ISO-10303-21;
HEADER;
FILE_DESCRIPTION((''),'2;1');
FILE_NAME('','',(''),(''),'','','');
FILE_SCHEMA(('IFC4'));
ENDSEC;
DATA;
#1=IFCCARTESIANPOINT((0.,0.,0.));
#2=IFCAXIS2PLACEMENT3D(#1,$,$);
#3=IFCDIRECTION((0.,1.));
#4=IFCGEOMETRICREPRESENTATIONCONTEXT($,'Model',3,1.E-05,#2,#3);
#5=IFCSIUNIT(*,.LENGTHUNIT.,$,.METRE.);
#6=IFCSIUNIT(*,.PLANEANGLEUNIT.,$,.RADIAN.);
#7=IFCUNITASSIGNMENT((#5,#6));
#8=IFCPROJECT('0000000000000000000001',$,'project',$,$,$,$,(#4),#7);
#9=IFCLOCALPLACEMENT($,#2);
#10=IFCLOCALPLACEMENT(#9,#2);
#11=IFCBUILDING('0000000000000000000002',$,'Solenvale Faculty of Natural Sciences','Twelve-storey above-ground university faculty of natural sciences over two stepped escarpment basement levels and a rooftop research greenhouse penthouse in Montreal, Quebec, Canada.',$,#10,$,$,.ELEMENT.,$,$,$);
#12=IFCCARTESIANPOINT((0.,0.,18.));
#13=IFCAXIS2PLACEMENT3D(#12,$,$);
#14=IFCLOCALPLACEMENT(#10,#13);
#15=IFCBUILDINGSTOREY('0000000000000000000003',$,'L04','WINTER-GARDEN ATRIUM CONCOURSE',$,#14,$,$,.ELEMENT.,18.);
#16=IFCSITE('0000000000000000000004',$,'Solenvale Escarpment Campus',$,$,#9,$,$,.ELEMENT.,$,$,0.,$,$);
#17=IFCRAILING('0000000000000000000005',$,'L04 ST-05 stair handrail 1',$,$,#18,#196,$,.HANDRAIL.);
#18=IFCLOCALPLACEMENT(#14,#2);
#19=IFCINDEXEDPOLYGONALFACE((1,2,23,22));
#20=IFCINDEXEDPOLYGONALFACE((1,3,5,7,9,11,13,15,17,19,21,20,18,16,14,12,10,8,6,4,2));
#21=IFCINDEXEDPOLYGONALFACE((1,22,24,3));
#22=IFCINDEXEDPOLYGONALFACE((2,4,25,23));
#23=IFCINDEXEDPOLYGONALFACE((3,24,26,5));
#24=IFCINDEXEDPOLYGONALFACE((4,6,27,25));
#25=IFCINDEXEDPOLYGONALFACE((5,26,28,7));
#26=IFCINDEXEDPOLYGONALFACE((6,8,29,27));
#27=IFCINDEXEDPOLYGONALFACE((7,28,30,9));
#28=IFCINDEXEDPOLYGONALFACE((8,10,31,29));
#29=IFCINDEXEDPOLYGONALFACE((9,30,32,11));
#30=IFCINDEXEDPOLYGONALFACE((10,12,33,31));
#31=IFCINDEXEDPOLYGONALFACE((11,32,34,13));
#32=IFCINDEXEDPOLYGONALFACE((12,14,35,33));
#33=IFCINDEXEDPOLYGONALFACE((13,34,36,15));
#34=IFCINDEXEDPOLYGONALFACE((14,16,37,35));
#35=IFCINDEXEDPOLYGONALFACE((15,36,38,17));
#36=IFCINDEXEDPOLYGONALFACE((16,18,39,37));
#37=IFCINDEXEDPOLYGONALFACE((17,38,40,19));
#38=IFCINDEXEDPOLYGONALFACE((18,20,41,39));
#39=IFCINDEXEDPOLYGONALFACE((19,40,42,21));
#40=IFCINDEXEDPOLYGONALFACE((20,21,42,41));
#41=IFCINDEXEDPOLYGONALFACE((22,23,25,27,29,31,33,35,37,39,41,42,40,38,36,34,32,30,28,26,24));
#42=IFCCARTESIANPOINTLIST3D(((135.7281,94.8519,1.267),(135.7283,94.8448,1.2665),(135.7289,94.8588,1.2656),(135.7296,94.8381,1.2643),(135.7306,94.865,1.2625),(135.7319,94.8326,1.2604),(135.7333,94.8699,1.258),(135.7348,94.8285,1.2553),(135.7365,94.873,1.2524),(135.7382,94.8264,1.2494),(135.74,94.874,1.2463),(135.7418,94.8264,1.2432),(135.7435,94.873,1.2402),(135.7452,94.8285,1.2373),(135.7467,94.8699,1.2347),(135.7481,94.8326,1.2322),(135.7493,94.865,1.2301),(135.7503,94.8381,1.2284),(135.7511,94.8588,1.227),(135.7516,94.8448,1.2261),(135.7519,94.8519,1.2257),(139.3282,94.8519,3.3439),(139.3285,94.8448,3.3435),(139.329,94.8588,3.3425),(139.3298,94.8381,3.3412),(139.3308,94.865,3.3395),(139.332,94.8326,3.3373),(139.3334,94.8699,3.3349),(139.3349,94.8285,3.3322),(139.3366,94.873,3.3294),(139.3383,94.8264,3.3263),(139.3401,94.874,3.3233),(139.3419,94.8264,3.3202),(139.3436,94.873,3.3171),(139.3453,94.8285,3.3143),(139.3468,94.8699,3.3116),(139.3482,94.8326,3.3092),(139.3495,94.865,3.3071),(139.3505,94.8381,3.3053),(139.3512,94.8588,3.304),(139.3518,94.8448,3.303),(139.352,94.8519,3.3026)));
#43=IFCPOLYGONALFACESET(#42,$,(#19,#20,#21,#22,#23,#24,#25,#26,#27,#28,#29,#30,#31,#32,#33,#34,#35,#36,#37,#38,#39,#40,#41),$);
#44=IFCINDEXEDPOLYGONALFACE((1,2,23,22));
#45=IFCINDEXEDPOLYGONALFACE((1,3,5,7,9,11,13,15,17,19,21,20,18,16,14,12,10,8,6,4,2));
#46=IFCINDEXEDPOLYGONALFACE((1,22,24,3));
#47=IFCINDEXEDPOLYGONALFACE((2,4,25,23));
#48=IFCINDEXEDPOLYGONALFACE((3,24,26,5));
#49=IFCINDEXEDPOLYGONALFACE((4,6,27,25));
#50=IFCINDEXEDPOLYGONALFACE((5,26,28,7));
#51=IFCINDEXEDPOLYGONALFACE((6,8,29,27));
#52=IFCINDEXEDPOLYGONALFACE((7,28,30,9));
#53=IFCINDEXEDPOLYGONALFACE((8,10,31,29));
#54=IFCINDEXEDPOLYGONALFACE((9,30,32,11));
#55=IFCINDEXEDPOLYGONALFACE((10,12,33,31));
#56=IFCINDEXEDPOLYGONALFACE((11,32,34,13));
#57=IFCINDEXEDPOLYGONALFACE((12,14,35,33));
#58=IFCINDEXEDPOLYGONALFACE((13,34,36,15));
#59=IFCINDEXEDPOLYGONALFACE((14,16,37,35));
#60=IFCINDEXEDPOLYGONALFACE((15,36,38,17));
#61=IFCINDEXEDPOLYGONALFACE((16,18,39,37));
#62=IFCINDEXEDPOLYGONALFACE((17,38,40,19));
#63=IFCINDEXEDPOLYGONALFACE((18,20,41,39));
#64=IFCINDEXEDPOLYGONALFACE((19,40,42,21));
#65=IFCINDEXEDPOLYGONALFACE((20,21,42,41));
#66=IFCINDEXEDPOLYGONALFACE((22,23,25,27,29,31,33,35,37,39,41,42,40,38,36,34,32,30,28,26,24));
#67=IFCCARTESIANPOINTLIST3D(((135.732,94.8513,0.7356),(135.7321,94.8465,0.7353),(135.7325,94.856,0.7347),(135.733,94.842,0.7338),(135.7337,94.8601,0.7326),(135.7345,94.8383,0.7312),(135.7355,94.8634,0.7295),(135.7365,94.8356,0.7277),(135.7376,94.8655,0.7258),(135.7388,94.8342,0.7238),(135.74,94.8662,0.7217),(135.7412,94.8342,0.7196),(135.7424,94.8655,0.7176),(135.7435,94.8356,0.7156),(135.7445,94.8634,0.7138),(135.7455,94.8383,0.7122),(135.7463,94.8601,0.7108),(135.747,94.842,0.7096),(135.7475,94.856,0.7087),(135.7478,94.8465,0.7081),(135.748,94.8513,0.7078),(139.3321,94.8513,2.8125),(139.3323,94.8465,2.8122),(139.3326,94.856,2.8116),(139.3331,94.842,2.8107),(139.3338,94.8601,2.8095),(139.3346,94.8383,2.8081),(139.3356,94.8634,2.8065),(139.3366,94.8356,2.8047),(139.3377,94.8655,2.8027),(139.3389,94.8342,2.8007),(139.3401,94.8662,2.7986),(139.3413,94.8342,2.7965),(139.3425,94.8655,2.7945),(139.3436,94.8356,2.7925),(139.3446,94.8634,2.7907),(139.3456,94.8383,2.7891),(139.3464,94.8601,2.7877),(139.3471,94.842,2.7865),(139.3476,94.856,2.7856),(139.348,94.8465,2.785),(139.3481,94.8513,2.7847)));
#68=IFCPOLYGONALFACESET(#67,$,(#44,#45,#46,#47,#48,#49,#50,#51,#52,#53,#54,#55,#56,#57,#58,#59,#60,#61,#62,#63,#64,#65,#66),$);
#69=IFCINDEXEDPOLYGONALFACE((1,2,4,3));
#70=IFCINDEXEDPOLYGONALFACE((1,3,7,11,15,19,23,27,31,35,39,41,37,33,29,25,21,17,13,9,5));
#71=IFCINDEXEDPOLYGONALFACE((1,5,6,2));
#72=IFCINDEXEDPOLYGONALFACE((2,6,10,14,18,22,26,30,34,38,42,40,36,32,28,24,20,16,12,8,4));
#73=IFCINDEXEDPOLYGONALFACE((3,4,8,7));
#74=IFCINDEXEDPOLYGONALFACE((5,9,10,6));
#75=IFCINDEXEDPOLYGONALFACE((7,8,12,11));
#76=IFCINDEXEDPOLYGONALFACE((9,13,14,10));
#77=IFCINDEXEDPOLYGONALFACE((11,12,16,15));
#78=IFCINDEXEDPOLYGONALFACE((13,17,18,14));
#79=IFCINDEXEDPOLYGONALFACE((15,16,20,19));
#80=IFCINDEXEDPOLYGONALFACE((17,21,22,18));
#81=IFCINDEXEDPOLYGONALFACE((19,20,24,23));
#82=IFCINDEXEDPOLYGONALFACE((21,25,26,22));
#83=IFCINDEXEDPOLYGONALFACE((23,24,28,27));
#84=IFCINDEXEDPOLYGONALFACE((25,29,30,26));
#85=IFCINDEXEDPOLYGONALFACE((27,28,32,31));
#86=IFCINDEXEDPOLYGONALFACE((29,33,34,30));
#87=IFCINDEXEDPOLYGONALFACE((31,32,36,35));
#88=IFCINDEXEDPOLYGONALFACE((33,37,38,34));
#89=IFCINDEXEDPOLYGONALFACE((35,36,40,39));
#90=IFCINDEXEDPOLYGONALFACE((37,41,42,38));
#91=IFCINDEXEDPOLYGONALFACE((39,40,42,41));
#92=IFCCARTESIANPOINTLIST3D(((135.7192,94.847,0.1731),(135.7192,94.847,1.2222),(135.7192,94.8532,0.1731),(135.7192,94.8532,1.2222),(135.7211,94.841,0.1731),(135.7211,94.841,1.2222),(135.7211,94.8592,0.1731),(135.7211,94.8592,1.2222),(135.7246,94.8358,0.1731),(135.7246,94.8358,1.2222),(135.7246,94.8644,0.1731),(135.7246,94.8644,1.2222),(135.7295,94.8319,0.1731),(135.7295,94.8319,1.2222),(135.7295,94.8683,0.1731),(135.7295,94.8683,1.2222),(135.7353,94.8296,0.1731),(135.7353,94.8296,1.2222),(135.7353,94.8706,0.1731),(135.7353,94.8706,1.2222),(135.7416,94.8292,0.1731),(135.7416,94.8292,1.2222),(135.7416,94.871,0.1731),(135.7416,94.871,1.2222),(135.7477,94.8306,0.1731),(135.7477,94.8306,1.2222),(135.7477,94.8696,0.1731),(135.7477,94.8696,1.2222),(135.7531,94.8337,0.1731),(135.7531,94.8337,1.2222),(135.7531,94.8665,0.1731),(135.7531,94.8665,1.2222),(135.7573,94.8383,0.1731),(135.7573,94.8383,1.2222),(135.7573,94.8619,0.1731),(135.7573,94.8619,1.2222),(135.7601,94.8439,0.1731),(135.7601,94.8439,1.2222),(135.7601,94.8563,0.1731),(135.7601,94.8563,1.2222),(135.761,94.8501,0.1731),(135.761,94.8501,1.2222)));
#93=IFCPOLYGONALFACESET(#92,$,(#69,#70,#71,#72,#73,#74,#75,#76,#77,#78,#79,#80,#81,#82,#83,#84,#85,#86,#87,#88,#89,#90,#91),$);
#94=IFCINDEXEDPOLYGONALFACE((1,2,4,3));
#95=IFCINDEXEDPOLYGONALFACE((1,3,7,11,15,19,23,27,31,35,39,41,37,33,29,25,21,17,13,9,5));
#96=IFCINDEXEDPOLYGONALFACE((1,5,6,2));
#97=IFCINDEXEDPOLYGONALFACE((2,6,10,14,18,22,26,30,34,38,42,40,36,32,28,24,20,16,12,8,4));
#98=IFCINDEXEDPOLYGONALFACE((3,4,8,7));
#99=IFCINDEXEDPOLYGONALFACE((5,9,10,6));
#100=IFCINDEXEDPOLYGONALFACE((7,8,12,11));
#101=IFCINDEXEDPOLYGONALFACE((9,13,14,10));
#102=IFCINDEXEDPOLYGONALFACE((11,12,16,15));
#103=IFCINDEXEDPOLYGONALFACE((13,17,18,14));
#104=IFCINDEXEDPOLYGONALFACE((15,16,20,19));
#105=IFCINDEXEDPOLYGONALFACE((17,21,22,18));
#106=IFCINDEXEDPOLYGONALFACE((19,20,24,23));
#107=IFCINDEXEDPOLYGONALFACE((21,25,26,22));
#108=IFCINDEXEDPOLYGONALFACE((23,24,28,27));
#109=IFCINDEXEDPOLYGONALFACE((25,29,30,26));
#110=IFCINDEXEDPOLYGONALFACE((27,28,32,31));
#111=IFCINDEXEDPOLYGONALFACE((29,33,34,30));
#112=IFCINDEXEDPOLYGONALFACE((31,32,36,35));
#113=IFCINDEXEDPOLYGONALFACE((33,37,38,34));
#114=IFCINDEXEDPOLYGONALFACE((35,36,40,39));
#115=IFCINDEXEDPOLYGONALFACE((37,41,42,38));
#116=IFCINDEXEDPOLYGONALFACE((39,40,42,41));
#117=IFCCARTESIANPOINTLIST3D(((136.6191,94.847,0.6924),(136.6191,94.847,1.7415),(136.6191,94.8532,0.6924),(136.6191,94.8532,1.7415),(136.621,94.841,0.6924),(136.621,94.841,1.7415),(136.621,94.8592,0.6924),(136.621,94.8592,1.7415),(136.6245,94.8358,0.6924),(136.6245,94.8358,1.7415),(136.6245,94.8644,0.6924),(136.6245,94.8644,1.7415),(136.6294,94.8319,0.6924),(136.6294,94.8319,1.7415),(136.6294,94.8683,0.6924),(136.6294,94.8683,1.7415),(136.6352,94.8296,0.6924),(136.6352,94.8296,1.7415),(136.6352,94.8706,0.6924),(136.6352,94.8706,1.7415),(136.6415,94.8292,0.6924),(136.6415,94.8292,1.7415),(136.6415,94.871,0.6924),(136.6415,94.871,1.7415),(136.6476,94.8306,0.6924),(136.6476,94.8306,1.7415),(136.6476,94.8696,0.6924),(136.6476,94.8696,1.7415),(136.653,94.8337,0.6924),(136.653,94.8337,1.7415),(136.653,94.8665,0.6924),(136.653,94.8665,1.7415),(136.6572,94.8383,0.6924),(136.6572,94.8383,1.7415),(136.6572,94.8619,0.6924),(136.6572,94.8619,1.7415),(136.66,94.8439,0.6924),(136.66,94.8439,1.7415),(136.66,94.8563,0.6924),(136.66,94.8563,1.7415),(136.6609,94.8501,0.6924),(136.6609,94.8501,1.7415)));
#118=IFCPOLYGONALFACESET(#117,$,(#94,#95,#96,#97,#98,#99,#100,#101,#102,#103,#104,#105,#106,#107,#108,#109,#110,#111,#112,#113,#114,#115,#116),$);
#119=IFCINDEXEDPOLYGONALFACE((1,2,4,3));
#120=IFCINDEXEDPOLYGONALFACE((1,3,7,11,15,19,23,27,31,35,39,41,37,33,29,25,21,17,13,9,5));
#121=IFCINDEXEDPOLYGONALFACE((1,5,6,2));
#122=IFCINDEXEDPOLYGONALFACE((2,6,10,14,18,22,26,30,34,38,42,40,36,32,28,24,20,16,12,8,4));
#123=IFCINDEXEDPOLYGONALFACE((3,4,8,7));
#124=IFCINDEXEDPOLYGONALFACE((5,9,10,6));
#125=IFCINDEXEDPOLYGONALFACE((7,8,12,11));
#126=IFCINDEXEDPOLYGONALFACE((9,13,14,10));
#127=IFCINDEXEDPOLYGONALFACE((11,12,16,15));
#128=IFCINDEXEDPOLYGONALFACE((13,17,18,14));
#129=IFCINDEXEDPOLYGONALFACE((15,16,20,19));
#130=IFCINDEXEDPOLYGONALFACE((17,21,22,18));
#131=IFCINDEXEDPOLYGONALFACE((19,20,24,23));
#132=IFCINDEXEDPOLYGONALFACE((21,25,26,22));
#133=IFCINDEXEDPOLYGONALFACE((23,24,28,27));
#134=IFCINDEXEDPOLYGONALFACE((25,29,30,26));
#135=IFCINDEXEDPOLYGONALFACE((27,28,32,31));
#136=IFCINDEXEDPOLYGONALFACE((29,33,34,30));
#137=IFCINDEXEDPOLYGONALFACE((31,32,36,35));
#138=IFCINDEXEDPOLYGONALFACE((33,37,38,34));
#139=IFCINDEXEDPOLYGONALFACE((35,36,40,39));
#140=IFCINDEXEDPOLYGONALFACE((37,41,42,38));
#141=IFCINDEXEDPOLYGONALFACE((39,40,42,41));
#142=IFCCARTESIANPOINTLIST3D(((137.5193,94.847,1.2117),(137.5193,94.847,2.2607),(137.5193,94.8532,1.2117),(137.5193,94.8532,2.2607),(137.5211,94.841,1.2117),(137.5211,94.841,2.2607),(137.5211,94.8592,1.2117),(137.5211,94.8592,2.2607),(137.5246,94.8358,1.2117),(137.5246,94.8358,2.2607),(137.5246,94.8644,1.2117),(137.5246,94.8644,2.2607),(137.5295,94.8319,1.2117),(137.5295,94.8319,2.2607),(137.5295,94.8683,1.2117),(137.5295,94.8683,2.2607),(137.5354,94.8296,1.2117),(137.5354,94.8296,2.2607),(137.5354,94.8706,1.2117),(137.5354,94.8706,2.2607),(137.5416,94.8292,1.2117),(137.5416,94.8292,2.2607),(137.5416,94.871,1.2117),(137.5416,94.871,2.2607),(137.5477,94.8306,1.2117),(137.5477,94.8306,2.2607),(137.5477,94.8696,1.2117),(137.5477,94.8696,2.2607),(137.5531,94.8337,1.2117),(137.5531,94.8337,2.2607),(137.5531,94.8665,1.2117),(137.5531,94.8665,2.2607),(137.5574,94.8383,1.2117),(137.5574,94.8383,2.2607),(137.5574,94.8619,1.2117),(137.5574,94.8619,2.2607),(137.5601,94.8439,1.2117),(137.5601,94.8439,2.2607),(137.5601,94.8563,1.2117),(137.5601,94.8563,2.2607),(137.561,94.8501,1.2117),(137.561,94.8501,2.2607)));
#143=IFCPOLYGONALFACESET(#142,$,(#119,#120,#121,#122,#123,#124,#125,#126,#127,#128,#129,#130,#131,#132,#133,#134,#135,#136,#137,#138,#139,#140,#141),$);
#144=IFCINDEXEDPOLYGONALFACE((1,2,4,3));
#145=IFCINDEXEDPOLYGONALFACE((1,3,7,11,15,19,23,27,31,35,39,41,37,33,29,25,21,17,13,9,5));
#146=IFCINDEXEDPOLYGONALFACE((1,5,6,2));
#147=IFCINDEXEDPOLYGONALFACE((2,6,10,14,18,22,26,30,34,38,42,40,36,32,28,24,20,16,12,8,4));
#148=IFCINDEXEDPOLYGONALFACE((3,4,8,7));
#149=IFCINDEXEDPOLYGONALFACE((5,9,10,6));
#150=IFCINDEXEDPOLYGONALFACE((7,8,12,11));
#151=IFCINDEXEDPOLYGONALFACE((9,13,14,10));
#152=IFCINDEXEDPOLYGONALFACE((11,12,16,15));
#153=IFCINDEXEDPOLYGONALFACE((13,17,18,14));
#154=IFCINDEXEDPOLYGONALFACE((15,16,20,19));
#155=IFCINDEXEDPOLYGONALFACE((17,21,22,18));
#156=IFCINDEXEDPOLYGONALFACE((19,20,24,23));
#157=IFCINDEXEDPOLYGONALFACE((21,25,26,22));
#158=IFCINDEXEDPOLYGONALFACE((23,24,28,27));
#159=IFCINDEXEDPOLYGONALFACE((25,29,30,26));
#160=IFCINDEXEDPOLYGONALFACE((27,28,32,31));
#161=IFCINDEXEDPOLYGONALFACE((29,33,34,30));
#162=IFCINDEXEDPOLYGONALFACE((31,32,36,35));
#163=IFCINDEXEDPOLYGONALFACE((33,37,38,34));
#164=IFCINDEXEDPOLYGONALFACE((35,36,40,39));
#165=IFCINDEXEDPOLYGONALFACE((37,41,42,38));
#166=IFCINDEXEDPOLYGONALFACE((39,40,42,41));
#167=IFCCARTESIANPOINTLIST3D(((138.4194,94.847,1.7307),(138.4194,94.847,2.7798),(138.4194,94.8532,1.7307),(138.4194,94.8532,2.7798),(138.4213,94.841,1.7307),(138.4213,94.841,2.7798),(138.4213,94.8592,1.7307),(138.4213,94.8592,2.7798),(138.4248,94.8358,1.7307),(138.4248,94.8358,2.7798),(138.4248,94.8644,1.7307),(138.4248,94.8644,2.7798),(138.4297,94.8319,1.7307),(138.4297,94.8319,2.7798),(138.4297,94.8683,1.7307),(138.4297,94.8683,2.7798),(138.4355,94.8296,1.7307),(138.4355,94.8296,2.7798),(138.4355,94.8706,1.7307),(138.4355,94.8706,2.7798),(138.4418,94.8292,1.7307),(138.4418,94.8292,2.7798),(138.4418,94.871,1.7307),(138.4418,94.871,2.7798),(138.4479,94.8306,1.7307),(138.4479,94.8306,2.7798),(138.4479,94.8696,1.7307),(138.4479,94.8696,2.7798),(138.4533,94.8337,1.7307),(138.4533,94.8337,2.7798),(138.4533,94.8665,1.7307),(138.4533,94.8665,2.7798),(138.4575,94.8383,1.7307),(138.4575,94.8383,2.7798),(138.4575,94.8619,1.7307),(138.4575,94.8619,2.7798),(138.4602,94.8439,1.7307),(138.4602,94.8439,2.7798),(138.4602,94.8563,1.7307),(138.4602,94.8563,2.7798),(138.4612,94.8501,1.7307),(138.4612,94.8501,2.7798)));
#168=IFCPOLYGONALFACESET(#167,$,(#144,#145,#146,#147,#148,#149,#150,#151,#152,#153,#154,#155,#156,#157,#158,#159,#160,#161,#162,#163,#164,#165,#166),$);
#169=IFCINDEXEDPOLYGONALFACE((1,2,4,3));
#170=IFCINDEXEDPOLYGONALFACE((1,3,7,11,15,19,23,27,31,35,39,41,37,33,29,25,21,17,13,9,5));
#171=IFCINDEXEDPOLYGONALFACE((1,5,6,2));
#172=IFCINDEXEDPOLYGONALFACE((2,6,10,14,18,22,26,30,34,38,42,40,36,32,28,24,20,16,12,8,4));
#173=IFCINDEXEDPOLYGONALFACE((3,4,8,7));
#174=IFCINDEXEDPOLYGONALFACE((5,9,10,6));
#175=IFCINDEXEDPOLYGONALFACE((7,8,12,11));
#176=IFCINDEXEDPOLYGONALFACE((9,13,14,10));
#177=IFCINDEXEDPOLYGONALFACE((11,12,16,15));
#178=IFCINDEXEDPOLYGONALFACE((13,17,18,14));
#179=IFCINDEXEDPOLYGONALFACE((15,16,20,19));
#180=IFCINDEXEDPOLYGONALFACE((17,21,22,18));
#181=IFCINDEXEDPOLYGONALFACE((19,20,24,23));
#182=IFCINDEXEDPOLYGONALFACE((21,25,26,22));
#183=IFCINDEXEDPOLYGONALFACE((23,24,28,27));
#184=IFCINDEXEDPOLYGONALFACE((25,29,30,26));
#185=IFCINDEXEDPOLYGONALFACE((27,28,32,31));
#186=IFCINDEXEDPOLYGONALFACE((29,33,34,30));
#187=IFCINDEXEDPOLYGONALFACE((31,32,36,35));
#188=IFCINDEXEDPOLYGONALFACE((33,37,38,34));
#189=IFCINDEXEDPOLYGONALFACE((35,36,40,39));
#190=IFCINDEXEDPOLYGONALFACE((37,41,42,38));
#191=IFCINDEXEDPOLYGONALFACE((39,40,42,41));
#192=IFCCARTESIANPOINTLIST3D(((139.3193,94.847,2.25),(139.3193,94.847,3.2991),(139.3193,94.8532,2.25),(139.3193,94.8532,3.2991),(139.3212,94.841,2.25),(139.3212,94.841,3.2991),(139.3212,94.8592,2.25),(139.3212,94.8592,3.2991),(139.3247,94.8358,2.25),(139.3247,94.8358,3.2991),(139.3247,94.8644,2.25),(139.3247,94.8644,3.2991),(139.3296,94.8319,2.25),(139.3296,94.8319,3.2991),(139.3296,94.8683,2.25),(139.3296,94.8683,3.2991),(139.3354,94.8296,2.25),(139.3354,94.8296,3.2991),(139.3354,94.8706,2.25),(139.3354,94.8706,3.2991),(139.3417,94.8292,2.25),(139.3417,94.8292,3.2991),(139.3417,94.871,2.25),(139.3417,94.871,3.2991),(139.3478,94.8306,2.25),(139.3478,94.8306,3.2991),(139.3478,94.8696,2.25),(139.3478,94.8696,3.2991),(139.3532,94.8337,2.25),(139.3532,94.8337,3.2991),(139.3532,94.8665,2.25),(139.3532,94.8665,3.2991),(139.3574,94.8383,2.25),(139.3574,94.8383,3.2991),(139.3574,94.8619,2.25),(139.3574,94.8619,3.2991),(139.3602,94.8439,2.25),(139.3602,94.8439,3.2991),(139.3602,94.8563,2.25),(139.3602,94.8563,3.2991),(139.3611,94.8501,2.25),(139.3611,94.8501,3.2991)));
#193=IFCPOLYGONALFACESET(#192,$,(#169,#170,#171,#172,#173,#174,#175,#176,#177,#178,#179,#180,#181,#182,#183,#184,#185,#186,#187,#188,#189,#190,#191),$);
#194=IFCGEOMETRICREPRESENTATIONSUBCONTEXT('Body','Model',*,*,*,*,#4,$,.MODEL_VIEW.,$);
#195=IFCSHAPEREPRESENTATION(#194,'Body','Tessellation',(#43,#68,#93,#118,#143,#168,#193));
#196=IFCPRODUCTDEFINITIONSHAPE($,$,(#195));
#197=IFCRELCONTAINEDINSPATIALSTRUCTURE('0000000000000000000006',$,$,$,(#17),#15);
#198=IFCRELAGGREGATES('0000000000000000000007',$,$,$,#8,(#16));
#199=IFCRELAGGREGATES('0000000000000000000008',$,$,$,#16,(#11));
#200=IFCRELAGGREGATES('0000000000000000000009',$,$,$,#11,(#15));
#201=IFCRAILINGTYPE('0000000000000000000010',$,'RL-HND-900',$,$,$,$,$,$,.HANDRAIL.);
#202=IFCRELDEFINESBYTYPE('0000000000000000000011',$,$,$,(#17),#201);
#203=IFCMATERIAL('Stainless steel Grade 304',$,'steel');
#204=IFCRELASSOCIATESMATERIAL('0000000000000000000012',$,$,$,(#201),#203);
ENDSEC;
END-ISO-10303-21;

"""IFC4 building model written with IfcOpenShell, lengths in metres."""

from ifc_helpers import new_model, si_unit, direction, frame, origin, origin_2d, place, context, subcontext, project, spatial, circle, extrude, material, type_object, element, save


model = new_model("IFC4")

# Units and contexts
model_context = context("Model", 3, precision=1e-05, world=origin(), true_north=direction((0.0, 1.0)))
body_context = subcontext(model_context, "Body", "Model", "MODEL_VIEW")
ifc_project = project(units=[si_unit("LENGTHUNIT", "METRE"), si_unit("PLANEANGLEUNIT", "RADIAN")], contexts=[model_context])

# Site, building, storey
site_placement = place(None, origin())
site = spatial("IfcSite", under=ifc_project, at=site_placement, Name="Solenvale Escarpment Campus", CompositionType="ELEMENT", RefElevation=0.0)
building_placement = place(site_placement, origin())
building = spatial("IfcBuilding", under=site, at=building_placement, Name="Solenvale Faculty of Natural Sciences", Description="Twelve-storey above-ground university faculty of natural sciences over two stepped escarpment basement levels and a rooftop research greenhouse penthouse in Montreal, Quebec, Canada.", CompositionType="ELEMENT")
storey_placement = place(building_placement, frame((0.0, 0.0, 18.0)))
storey = spatial("IfcBuildingStorey", under=building, at=storey_placement, Name="L04", Description="WINTER-GARDEN ATRIUM CONCOURSE", CompositionType="ELEMENT", Elevation=18.0)

# Railing
ifc_material_1 = material(Name="Stainless steel Grade 304", Category="steel")
railing_type_1 = type_object("IfcRailingType", Name="RL-HND-900", PredefinedType="HANDRAIL", material=ifc_material_1)
railing_1_placement = place(storey_placement, frame((135.74, 94.8501, 0.1731)))
element("IfcRailing", 1, at=railing_1_placement, inside=storey, type_object=railing_type_1, Name="L04 ST-05 stair handrail 1", PredefinedType="HANDRAIL", context=body_context, shape_type="SweptSolid", body=[
    extrude(circle(Radius=0.0239, at=origin_2d()), frame((0.0, 0.0, 1.0732), z_axis=(0.866193, 0.0, 0.499709), x_axis=(0.0, 1.0, 0.0)), (0.0, 0.0, 1.0), 4.1562),
    extrude(circle(Radius=0.0161, at=origin_2d()), frame((0.0, 0.0, 0.5486), z_axis=(0.866193, 0.0, 0.499709), x_axis=(0.0, 1.0, 0.0)), (0.0, 0.0, 1.0), 4.1562),
    extrude(circle(Radius=0.021, at=origin_2d()), origin(), (0.0, 0.0, 1.0), 1.0491),
    extrude(circle(Radius=0.021, at=origin_2d()), frame((0.8999, 0.0, 0.5193)), (0.0, 0.0, 1.0), 1.0491),
    extrude(circle(Radius=0.021, at=origin_2d()), frame((1.8, 0.0, 1.0386)), (0.0, 0.0, 1.0), 1.0491),
    extrude(circle(Radius=0.021, at=origin_2d()), frame((2.7002, 0.0, 1.5576)), (0.0, 0.0, 1.0), 1.0491),
    extrude(circle(Radius=0.021, at=origin_2d()), frame((3.6001, 0.0, 2.0769)), (0.0, 0.0, 1.0), 1.0491),
])

save(model, "model.ifc")
